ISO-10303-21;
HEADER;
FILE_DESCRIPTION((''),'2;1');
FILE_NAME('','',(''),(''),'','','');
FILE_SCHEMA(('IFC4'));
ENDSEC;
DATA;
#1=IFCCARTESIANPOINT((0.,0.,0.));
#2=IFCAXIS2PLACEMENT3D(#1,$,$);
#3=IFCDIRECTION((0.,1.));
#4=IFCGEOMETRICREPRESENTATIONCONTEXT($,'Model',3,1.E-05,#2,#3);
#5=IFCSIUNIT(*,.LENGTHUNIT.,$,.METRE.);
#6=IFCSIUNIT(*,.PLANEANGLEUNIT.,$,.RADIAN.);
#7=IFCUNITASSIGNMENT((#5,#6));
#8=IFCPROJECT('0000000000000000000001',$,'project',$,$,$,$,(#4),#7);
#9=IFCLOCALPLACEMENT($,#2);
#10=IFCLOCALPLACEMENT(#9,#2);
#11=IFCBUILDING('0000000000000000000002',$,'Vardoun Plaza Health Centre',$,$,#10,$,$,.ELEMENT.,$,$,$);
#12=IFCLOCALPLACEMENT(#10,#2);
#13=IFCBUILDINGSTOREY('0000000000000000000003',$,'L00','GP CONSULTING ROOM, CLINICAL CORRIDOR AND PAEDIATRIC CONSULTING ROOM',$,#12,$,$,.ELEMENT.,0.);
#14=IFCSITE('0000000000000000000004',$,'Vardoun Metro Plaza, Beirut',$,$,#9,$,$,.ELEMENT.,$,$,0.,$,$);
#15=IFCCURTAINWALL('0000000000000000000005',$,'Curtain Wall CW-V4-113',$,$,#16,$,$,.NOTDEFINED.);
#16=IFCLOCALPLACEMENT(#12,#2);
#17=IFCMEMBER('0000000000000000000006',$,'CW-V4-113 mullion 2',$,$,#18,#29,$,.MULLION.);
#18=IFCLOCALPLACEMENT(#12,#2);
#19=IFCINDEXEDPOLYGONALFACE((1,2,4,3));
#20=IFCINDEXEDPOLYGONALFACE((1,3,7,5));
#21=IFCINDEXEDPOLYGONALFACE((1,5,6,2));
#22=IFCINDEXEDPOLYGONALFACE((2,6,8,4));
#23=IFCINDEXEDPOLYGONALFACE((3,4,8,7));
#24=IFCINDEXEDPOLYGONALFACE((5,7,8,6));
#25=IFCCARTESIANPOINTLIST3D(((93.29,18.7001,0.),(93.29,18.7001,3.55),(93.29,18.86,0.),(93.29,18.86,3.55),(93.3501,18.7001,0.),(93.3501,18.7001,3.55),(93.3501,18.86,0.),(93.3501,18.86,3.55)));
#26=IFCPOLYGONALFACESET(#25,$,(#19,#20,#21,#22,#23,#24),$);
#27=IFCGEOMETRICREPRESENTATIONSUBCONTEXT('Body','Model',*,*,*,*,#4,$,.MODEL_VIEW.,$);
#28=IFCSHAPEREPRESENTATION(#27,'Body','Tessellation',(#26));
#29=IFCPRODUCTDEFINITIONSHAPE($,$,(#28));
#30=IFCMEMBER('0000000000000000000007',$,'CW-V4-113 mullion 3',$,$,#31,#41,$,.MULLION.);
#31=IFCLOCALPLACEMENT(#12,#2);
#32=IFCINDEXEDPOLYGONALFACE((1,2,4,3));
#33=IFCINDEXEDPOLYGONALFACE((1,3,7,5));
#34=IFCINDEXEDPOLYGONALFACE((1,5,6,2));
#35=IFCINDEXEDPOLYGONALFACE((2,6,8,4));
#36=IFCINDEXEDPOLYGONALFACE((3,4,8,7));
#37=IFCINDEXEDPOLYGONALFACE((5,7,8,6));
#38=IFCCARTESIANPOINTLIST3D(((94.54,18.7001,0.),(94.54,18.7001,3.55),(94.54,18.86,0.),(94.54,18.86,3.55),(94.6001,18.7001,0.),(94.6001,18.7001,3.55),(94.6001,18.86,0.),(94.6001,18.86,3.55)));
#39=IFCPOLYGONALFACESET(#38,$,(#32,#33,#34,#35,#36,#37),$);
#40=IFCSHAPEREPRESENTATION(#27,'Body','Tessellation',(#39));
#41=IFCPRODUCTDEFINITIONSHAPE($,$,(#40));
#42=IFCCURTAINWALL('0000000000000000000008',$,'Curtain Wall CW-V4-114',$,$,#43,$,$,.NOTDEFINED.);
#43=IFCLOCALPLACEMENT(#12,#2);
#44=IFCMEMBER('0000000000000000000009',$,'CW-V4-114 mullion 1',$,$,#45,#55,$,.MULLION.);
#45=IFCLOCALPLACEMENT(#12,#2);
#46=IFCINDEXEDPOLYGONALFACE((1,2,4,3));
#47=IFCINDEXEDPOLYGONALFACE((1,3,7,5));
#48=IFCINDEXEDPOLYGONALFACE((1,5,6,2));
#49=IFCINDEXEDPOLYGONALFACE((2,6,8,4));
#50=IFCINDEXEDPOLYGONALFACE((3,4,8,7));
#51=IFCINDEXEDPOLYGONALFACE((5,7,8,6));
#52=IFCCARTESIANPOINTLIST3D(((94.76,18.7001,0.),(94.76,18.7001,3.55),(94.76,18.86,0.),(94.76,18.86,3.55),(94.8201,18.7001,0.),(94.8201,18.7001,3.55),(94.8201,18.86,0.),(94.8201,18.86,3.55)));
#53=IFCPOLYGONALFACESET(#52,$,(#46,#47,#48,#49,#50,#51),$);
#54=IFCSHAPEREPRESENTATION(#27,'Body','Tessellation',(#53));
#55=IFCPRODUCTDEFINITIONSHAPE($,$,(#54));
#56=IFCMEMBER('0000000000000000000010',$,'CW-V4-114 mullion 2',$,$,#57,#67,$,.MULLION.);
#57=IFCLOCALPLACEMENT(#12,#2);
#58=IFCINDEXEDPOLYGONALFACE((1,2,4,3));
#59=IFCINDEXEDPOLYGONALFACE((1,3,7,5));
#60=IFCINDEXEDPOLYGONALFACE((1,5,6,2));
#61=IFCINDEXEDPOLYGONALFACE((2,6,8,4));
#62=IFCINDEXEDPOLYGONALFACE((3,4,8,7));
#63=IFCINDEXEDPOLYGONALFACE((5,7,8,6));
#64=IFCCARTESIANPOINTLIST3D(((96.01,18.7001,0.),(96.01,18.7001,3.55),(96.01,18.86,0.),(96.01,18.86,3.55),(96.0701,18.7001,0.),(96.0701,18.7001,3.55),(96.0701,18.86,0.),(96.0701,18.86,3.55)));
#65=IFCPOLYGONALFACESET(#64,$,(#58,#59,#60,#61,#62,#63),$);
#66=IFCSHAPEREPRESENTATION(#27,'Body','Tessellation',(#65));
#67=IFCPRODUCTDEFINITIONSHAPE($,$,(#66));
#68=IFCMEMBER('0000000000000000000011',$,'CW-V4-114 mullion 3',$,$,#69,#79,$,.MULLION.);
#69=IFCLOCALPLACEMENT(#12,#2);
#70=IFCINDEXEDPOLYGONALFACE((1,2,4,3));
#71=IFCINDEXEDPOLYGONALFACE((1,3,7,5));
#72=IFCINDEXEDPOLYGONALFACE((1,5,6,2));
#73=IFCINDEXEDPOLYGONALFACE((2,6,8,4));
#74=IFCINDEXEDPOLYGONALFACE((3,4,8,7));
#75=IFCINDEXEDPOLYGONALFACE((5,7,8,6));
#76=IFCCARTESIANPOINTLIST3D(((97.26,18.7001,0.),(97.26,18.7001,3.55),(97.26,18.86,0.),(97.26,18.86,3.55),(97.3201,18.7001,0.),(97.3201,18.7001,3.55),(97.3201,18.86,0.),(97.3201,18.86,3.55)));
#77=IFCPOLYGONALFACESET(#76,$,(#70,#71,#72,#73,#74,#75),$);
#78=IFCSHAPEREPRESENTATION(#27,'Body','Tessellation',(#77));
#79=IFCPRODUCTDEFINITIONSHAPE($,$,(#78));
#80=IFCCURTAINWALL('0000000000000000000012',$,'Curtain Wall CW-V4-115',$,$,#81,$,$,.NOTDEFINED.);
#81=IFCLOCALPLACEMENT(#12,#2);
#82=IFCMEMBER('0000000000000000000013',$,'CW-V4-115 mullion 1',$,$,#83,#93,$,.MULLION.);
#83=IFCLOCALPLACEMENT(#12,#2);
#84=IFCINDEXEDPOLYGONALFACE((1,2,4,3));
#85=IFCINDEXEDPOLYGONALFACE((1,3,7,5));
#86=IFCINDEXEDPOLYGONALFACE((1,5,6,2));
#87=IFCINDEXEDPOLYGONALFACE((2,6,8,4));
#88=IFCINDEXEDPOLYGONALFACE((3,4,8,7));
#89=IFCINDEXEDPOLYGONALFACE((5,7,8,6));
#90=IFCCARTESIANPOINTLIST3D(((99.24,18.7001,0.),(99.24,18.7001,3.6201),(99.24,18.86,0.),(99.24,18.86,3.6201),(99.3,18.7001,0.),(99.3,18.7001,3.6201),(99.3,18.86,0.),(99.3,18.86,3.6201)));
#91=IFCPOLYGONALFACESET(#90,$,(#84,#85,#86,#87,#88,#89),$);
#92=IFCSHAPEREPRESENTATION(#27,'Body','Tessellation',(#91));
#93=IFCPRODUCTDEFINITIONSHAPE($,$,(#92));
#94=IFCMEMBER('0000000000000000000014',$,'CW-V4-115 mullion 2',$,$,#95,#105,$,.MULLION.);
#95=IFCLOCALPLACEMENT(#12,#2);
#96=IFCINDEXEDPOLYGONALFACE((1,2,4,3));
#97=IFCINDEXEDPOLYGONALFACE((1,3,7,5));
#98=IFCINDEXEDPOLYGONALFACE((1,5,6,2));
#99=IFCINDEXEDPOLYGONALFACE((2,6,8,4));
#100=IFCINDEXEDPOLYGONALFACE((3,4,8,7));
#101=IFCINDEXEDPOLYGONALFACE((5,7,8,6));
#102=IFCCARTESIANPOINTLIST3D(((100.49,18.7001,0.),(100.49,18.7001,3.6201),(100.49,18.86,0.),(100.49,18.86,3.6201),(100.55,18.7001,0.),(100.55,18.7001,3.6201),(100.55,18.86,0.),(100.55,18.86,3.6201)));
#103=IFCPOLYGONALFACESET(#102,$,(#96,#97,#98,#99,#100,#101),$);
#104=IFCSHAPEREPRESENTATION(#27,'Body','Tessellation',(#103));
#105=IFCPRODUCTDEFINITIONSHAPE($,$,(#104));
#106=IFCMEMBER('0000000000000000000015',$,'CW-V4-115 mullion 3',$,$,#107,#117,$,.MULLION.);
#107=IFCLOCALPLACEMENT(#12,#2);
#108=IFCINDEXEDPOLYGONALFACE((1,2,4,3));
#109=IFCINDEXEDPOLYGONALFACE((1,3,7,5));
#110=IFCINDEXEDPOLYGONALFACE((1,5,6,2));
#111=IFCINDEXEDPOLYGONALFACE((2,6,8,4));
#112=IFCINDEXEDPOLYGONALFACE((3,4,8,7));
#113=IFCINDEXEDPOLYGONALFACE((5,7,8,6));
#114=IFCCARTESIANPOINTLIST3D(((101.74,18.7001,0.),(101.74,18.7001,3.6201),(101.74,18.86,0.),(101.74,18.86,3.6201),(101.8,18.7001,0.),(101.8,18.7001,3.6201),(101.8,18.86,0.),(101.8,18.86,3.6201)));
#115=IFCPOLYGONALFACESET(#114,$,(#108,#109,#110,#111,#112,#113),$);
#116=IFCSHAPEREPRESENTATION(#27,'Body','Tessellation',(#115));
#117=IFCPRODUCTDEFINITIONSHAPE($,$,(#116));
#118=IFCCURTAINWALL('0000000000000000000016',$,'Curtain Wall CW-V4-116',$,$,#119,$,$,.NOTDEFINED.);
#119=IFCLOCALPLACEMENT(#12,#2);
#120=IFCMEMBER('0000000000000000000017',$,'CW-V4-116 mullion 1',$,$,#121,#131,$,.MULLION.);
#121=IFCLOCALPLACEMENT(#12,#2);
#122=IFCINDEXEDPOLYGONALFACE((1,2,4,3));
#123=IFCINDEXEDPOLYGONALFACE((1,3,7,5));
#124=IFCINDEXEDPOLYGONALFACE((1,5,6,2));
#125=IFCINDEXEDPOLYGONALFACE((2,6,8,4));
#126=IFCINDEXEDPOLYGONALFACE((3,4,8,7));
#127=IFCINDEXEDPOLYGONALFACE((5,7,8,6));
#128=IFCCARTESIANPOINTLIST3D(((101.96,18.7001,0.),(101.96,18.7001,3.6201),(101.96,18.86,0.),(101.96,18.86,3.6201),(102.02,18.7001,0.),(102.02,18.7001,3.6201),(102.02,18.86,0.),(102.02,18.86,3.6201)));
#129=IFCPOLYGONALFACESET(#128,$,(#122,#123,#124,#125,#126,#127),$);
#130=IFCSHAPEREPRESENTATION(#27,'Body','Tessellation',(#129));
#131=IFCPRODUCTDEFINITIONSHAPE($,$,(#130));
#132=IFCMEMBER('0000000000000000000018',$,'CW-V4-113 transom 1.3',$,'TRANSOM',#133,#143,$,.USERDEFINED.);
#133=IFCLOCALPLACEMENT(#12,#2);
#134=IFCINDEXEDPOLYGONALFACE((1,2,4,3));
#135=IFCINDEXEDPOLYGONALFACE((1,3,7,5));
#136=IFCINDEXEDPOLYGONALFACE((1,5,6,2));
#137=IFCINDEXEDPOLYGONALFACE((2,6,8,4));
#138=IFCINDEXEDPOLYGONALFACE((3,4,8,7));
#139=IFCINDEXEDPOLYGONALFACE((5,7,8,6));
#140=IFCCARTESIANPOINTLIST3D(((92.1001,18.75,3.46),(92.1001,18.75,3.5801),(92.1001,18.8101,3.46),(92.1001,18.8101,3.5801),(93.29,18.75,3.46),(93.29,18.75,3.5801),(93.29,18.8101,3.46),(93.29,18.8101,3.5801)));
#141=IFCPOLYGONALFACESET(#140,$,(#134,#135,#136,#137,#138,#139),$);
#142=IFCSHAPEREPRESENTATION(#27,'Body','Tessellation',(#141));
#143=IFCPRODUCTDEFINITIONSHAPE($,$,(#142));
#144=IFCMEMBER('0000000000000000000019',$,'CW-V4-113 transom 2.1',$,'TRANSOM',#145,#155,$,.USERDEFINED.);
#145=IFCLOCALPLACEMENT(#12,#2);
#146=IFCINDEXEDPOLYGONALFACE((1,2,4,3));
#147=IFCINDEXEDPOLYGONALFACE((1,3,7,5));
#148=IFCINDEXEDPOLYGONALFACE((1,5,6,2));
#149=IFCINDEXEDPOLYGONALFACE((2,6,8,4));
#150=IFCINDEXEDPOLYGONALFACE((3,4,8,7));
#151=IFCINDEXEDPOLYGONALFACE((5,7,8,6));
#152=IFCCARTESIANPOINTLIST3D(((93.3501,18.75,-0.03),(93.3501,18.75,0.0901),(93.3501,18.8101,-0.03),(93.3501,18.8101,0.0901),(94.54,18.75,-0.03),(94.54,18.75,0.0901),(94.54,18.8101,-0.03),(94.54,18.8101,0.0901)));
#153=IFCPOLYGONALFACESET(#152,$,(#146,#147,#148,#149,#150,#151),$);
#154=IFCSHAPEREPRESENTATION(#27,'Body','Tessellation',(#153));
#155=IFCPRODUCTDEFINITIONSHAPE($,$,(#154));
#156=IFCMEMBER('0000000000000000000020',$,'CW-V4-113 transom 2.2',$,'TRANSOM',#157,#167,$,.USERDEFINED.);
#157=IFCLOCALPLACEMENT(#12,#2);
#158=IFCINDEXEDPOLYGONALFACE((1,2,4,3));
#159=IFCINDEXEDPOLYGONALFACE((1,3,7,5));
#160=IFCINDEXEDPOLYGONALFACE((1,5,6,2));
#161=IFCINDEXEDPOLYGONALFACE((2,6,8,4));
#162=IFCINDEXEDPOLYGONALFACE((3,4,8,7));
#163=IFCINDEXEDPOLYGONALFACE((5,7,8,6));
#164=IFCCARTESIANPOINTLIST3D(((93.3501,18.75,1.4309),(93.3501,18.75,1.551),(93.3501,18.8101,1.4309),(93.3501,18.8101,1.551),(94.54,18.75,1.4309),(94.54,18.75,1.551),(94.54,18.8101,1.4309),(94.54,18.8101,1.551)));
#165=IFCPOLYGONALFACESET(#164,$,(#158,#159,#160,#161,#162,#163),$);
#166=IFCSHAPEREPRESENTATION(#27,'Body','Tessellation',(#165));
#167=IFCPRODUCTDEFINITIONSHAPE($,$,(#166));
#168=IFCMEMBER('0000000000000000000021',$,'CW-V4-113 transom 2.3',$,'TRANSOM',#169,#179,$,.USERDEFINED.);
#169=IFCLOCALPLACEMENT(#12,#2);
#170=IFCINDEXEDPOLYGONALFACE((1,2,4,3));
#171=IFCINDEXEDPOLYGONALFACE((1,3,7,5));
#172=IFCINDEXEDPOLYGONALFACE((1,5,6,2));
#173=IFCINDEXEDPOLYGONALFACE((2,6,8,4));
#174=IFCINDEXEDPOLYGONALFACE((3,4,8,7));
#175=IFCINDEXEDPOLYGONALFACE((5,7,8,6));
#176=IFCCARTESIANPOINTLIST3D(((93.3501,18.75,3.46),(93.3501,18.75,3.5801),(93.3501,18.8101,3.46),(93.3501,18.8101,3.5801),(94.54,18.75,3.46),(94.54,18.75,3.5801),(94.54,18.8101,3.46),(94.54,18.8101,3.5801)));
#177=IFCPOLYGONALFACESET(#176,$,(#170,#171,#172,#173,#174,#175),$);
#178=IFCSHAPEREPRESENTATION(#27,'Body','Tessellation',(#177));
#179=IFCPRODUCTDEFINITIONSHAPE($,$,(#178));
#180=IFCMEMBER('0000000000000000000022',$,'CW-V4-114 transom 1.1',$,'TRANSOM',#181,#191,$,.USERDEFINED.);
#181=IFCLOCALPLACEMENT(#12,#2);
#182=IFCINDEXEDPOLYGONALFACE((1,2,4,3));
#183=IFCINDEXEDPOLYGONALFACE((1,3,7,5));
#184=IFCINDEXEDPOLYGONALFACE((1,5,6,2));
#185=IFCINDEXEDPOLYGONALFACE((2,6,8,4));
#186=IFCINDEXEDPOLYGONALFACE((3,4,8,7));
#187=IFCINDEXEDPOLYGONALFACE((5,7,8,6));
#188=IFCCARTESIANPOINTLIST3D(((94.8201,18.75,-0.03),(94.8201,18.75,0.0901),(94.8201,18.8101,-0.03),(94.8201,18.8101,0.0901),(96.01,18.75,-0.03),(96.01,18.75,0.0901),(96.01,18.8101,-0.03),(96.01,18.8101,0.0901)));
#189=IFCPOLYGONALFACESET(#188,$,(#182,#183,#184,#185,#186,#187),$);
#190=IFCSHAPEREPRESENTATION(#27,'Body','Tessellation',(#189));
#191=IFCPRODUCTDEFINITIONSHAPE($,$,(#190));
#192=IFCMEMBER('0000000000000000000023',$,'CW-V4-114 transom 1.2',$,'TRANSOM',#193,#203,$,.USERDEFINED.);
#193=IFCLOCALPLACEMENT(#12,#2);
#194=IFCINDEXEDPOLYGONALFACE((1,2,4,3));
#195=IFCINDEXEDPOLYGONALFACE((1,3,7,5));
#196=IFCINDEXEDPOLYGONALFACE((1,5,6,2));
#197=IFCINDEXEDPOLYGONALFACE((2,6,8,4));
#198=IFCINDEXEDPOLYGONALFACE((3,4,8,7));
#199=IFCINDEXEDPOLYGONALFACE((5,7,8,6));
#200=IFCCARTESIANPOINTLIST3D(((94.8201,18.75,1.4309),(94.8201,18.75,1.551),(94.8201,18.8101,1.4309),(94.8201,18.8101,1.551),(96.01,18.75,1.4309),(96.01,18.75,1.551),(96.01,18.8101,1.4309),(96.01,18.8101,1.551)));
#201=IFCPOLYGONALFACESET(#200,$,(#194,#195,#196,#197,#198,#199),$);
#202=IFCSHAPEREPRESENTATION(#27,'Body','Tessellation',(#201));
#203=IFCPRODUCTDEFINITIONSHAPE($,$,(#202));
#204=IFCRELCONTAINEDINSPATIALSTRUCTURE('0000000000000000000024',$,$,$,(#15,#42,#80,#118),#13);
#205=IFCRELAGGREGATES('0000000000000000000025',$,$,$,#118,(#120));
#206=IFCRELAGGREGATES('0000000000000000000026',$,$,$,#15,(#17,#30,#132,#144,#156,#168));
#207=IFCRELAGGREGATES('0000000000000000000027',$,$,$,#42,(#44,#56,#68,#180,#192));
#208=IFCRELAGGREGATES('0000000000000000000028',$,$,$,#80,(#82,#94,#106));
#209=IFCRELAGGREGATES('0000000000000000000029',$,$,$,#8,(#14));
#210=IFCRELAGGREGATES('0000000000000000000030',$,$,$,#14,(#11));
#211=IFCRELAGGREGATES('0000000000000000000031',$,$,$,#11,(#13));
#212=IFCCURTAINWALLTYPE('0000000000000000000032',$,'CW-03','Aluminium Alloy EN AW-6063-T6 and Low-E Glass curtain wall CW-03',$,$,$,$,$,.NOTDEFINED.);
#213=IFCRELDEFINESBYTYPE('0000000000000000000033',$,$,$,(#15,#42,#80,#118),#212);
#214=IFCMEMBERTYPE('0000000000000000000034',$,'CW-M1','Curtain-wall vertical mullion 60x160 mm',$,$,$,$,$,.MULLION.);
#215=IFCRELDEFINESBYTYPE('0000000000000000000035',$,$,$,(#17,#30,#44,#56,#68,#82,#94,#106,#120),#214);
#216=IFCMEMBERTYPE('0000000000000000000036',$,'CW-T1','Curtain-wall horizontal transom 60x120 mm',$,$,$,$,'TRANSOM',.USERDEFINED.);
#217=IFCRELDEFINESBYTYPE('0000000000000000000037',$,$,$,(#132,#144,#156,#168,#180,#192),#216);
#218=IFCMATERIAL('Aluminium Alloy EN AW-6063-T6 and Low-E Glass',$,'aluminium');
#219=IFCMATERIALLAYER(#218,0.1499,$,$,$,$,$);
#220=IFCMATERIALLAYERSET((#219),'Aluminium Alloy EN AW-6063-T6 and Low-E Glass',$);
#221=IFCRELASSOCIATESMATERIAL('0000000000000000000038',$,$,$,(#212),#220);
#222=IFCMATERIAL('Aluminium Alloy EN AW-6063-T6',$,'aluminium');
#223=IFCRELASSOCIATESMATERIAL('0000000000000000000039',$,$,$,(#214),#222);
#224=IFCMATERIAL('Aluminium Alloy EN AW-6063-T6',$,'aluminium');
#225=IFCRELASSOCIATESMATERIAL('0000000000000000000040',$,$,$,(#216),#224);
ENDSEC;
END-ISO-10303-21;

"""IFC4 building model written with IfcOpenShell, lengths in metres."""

from ifc_helpers import new_model, si_unit, direction, frame, origin, origin_2d, place, context, subcontext, project, spatial, rectangle, extrude, material, layer, layer_set, material_profile, profile_set, type_object, element, aggregate, save


model = new_model("IFC4")

# Units and contexts
model_context = context("Model", 3, precision=1e-05, world=origin(), true_north=direction((0.0, 1.0)))
body_context = subcontext(model_context, "Body", "Model", "MODEL_VIEW")
ifc_project = project(units=[si_unit("LENGTHUNIT", "METRE"), si_unit("PLANEANGLEUNIT", "RADIAN")], contexts=[model_context])

# Site, building, storey
site_placement = place(None, origin())
site = spatial("IfcSite", under=ifc_project, at=site_placement, Name="Vardoun Metro Plaza, Beirut", CompositionType="ELEMENT", RefElevation=0.0)
building_placement = place(site_placement, origin())
building = spatial("IfcBuilding", under=site, at=building_placement, Name="Vardoun Plaza Health Centre", CompositionType="ELEMENT")
storey_placement = place(building_placement, origin())
storey = spatial("IfcBuildingStorey", under=building, at=storey_placement, Name="L00", Description="GP CONSULTING ROOM, CLINICAL CORRIDOR AND PAEDIATRIC CONSULTING ROOM", CompositionType="ELEMENT", Elevation=0.0)

# Curtain walls, members
ifc_material_1 = material(Name="Aluminium Alloy EN AW-6063-T6 and Low-E Glass", Category="aluminium")
ifc_layer_1 = layer(ifc_material_1, 0.1499)
ifc_layer_set_1 = layer_set([ifc_layer_1], Name="Aluminium Alloy EN AW-6063-T6 and Low-E Glass")
curtain_wall_type = type_object("IfcCurtainWallType", Name="CW-03", Description="Aluminium Alloy EN AW-6063-T6 and Low-E Glass curtain wall CW-03", PredefinedType="NOTDEFINED", material=ifc_layer_set_1)
curtain_wall_1_placement = place(storey_placement, origin())
curtain_wall_1 = element("IfcCurtainWall", 1, at=curtain_wall_1_placement, inside=storey, type_object=curtain_wall_type, Name="Curtain Wall CW-V4-113", PredefinedType="NOTDEFINED")
ifc_material_2 = material(Name="Aluminium Alloy EN AW-6063-T6", Category="aluminium")
ifc_material_profile_1 = material_profile(ifc_material_2, rectangle(XDim=0.1599, YDim=0.0601, at=origin_2d()), Name="CWM 60x160")
ifc_profile_set_1 = profile_set([ifc_material_profile_1], Name="Aluminium Alloy EN AW-6063-T6")
member_type_1 = type_object("IfcMemberType", Name="CW-M1", Description="Curtain-wall vertical mullion 60x160 mm", PredefinedType="MULLION", material=ifc_profile_set_1)
member_1_placement = place(storey_placement, frame((93.3201, 18.78, 0.0), z_axis=(0.0, 0.0, 1.0), x_axis=(0.0, 1.0, 0.0)))
member_1 = element("IfcMember", 2, at=member_1_placement, type_object=member_type_1, Name="CW-V4-113 mullion 2", PredefinedType="MULLION", context=body_context, shape_type="SweptSolid", body=[
    extrude(rectangle(XDim=0.1599, YDim=0.0601, at=origin_2d()), origin(), (0.0, 0.0, 1.0), 3.55),
])
member_2_placement = place(storey_placement, frame((94.5701, 18.78, 0.0), z_axis=(0.0, 0.0, 1.0), x_axis=(0.0, 1.0, 0.0)))
member_2 = element("IfcMember", 3, at=member_2_placement, type_object=member_type_1, Name="CW-V4-113 mullion 3", PredefinedType="MULLION", context=body_context, shape_type="SweptSolid", body=[
    extrude(rectangle(XDim=0.1599, YDim=0.0601, at=origin_2d()), origin(), (0.0, 0.0, 1.0), 3.55),
])
curtain_wall_2_placement = place(storey_placement, origin())
curtain_wall_2 = element("IfcCurtainWall", 4, at=curtain_wall_2_placement, inside=storey, type_object=curtain_wall_type, Name="Curtain Wall CW-V4-114", PredefinedType="NOTDEFINED")
member_3_placement = place(storey_placement, frame((94.79, 18.78, 0.0), z_axis=(0.0, 0.0, 1.0), x_axis=(0.0, 1.0, 0.0)))
member_3 = element("IfcMember", 5, at=member_3_placement, type_object=member_type_1, Name="CW-V4-114 mullion 1", PredefinedType="MULLION", context=body_context, shape_type="SweptSolid", body=[
    extrude(rectangle(XDim=0.1599, YDim=0.0601, at=origin_2d()), origin(), (0.0, 0.0, 1.0), 3.55),
])
member_4_placement = place(storey_placement, frame((96.04, 18.78, 0.0), z_axis=(0.0, 0.0, 1.0), x_axis=(0.0, 1.0, 0.0)))
member_4 = element("IfcMember", 6, at=member_4_placement, type_object=member_type_1, Name="CW-V4-114 mullion 2", PredefinedType="MULLION", context=body_context, shape_type="SweptSolid", body=[
    extrude(rectangle(XDim=0.1599, YDim=0.0601, at=origin_2d()), origin(), (0.0, 0.0, 1.0), 3.55),
])
member_5_placement = place(storey_placement, frame((97.29, 18.78, 0.0), z_axis=(0.0, 0.0, 1.0), x_axis=(0.0, 1.0, 0.0)))
member_5 = element("IfcMember", 7, at=member_5_placement, type_object=member_type_1, Name="CW-V4-114 mullion 3", PredefinedType="MULLION", context=body_context, shape_type="SweptSolid", body=[
    extrude(rectangle(XDim=0.1599, YDim=0.0601, at=origin_2d()), origin(), (0.0, 0.0, 1.0), 3.55),
])
curtain_wall_3_placement = place(storey_placement, origin())
curtain_wall_3 = element("IfcCurtainWall", 8, at=curtain_wall_3_placement, inside=storey, type_object=curtain_wall_type, Name="Curtain Wall CW-V4-115", PredefinedType="NOTDEFINED")
member_6_placement = place(storey_placement, frame((99.27, 18.78, 0.0), z_axis=(0.0, 0.0, 1.0), x_axis=(0.0, 1.0, 0.0)))
member_6 = element("IfcMember", 9, at=member_6_placement, type_object=member_type_1, Name="CW-V4-115 mullion 1", PredefinedType="MULLION", context=body_context, shape_type="SweptSolid", body=[
    extrude(rectangle(XDim=0.1599, YDim=0.0601, at=origin_2d()), origin(), (0.0, 0.0, 1.0), 3.6201),
])
member_7_placement = place(storey_placement, frame((100.52, 18.78, 0.0), z_axis=(0.0, 0.0, 1.0), x_axis=(0.0, 1.0, 0.0)))
member_7 = element("IfcMember", 10, at=member_7_placement, type_object=member_type_1, Name="CW-V4-115 mullion 2", PredefinedType="MULLION", context=body_context, shape_type="SweptSolid", body=[
    extrude(rectangle(XDim=0.1599, YDim=0.0601, at=origin_2d()), origin(), (0.0, 0.0, 1.0), 3.6201),
])
member_8_placement = place(storey_placement, frame((101.77, 18.78, 0.0), z_axis=(0.0, 0.0, 1.0), x_axis=(0.0, 1.0, 0.0)))
member_8 = element("IfcMember", 11, at=member_8_placement, type_object=member_type_1, Name="CW-V4-115 mullion 3", PredefinedType="MULLION", context=body_context, shape_type="SweptSolid", body=[
    extrude(rectangle(XDim=0.1599, YDim=0.0601, at=origin_2d()), origin(), (0.0, 0.0, 1.0), 3.6201),
])

# Curtain wall, member
curtain_wall_4_placement = place(storey_placement, origin())
curtain_wall_4 = element("IfcCurtainWall", 12, at=curtain_wall_4_placement, inside=storey, type_object=curtain_wall_type, Name="Curtain Wall CW-V4-116", PredefinedType="NOTDEFINED")
member_9_placement = place(storey_placement, frame((101.99, 18.78, 0.0), z_axis=(0.0, 0.0, 1.0), x_axis=(0.0, 1.0, 0.0)))
member_9 = element("IfcMember", 13, at=member_9_placement, type_object=member_type_1, Name="CW-V4-116 mullion 1", PredefinedType="MULLION", context=body_context, shape_type="SweptSolid", body=[
    extrude(rectangle(XDim=0.1599, YDim=0.0601, at=origin_2d()), origin(), (0.0, 0.0, 1.0), 3.6201),
])

# Members
ifc_material_3 = material(Name="Aluminium Alloy EN AW-6063-T6", Category="aluminium")
ifc_material_profile_2 = material_profile(ifc_material_3, rectangle(XDim=0.0601, YDim=0.1201, at=origin_2d()), Name="CWT 60x120")
ifc_profile_set_2 = profile_set([ifc_material_profile_2], Name="Aluminium Alloy EN AW-6063-T6")
member_type_2 = type_object("IfcMemberType", Name="CW-T1", Description="Curtain-wall horizontal transom 60x120 mm", ElementType="TRANSOM", PredefinedType="USERDEFINED", material=ifc_profile_set_2)
member_10_placement = place(storey_placement, frame((92.1001, 18.78, 3.52), z_axis=(1.0, 0.0, 0.0), x_axis=(0.0, 1.0, 0.0)))
member_10 = element("IfcMember", 14, at=member_10_placement, type_object=member_type_2, Name="CW-V4-113 transom 1.3", ObjectType="TRANSOM", PredefinedType="USERDEFINED", context=body_context, shape_type="SweptSolid", body=[
    extrude(rectangle(XDim=0.0601, YDim=0.1201, at=origin_2d()), origin(), (0.0, 0.0, 1.0), 1.1899),
])
member_11_placement = place(storey_placement, frame((93.3501, 18.78, 0.03), z_axis=(1.0, 0.0, 0.0), x_axis=(0.0, 1.0, 0.0)))
member_11 = element("IfcMember", 15, at=member_11_placement, type_object=member_type_2, Name="CW-V4-113 transom 2.1", ObjectType="TRANSOM", PredefinedType="USERDEFINED", context=body_context, shape_type="SweptSolid", body=[
    extrude(rectangle(XDim=0.0601, YDim=0.1201, at=origin_2d()), origin(), (0.0, 0.0, 1.0), 1.1899),
])
member_12_placement = place(storey_placement, frame((93.3501, 18.78, 1.491), z_axis=(1.0, 0.0, 0.0), x_axis=(0.0, 1.0, 0.0)))
member_12 = element("IfcMember", 16, at=member_12_placement, type_object=member_type_2, Name="CW-V4-113 transom 2.2", ObjectType="TRANSOM", PredefinedType="USERDEFINED", context=body_context, shape_type="SweptSolid", body=[
    extrude(rectangle(XDim=0.0601, YDim=0.1201, at=origin_2d()), origin(), (0.0, 0.0, 1.0), 1.1899),
])
member_13_placement = place(storey_placement, frame((93.3501, 18.78, 3.52), z_axis=(1.0, 0.0, 0.0), x_axis=(0.0, 1.0, 0.0)))
member_13 = element("IfcMember", 17, at=member_13_placement, type_object=member_type_2, Name="CW-V4-113 transom 2.3", ObjectType="TRANSOM", PredefinedType="USERDEFINED", context=body_context, shape_type="SweptSolid", body=[
    extrude(rectangle(XDim=0.0601, YDim=0.1201, at=origin_2d()), origin(), (0.0, 0.0, 1.0), 1.1899),
])
member_14_placement = place(storey_placement, frame((94.8201, 18.78, 0.03), z_axis=(1.0, 0.0, 0.0), x_axis=(0.0, 1.0, 0.0)))
member_14 = element("IfcMember", 18, at=member_14_placement, type_object=member_type_2, Name="CW-V4-114 transom 1.1", ObjectType="TRANSOM", PredefinedType="USERDEFINED", context=body_context, shape_type="SweptSolid", body=[
    extrude(rectangle(XDim=0.0601, YDim=0.1201, at=origin_2d()), origin(), (0.0, 0.0, 1.0), 1.1899),
])
member_15_placement = place(storey_placement, frame((94.8201, 18.78, 1.491), z_axis=(1.0, 0.0, 0.0), x_axis=(0.0, 1.0, 0.0)))
member_15 = element("IfcMember", 19, at=member_15_placement, type_object=member_type_2, Name="CW-V4-114 transom 1.2", ObjectType="TRANSOM", PredefinedType="USERDEFINED", context=body_context, shape_type="SweptSolid", body=[
    extrude(rectangle(XDim=0.0601, YDim=0.1201, at=origin_2d()), origin(), (0.0, 0.0, 1.0), 1.1899),
])
aggregate(curtain_wall_4, [member_9])

aggregate(curtain_wall_1, [member_1, member_2, member_10, member_11, member_12, member_13])
aggregate(curtain_wall_2, [member_3, member_4, member_5, member_14, member_15])
aggregate(curtain_wall_3, [member_6, member_7, member_8])

save(model, "model.ifc")
